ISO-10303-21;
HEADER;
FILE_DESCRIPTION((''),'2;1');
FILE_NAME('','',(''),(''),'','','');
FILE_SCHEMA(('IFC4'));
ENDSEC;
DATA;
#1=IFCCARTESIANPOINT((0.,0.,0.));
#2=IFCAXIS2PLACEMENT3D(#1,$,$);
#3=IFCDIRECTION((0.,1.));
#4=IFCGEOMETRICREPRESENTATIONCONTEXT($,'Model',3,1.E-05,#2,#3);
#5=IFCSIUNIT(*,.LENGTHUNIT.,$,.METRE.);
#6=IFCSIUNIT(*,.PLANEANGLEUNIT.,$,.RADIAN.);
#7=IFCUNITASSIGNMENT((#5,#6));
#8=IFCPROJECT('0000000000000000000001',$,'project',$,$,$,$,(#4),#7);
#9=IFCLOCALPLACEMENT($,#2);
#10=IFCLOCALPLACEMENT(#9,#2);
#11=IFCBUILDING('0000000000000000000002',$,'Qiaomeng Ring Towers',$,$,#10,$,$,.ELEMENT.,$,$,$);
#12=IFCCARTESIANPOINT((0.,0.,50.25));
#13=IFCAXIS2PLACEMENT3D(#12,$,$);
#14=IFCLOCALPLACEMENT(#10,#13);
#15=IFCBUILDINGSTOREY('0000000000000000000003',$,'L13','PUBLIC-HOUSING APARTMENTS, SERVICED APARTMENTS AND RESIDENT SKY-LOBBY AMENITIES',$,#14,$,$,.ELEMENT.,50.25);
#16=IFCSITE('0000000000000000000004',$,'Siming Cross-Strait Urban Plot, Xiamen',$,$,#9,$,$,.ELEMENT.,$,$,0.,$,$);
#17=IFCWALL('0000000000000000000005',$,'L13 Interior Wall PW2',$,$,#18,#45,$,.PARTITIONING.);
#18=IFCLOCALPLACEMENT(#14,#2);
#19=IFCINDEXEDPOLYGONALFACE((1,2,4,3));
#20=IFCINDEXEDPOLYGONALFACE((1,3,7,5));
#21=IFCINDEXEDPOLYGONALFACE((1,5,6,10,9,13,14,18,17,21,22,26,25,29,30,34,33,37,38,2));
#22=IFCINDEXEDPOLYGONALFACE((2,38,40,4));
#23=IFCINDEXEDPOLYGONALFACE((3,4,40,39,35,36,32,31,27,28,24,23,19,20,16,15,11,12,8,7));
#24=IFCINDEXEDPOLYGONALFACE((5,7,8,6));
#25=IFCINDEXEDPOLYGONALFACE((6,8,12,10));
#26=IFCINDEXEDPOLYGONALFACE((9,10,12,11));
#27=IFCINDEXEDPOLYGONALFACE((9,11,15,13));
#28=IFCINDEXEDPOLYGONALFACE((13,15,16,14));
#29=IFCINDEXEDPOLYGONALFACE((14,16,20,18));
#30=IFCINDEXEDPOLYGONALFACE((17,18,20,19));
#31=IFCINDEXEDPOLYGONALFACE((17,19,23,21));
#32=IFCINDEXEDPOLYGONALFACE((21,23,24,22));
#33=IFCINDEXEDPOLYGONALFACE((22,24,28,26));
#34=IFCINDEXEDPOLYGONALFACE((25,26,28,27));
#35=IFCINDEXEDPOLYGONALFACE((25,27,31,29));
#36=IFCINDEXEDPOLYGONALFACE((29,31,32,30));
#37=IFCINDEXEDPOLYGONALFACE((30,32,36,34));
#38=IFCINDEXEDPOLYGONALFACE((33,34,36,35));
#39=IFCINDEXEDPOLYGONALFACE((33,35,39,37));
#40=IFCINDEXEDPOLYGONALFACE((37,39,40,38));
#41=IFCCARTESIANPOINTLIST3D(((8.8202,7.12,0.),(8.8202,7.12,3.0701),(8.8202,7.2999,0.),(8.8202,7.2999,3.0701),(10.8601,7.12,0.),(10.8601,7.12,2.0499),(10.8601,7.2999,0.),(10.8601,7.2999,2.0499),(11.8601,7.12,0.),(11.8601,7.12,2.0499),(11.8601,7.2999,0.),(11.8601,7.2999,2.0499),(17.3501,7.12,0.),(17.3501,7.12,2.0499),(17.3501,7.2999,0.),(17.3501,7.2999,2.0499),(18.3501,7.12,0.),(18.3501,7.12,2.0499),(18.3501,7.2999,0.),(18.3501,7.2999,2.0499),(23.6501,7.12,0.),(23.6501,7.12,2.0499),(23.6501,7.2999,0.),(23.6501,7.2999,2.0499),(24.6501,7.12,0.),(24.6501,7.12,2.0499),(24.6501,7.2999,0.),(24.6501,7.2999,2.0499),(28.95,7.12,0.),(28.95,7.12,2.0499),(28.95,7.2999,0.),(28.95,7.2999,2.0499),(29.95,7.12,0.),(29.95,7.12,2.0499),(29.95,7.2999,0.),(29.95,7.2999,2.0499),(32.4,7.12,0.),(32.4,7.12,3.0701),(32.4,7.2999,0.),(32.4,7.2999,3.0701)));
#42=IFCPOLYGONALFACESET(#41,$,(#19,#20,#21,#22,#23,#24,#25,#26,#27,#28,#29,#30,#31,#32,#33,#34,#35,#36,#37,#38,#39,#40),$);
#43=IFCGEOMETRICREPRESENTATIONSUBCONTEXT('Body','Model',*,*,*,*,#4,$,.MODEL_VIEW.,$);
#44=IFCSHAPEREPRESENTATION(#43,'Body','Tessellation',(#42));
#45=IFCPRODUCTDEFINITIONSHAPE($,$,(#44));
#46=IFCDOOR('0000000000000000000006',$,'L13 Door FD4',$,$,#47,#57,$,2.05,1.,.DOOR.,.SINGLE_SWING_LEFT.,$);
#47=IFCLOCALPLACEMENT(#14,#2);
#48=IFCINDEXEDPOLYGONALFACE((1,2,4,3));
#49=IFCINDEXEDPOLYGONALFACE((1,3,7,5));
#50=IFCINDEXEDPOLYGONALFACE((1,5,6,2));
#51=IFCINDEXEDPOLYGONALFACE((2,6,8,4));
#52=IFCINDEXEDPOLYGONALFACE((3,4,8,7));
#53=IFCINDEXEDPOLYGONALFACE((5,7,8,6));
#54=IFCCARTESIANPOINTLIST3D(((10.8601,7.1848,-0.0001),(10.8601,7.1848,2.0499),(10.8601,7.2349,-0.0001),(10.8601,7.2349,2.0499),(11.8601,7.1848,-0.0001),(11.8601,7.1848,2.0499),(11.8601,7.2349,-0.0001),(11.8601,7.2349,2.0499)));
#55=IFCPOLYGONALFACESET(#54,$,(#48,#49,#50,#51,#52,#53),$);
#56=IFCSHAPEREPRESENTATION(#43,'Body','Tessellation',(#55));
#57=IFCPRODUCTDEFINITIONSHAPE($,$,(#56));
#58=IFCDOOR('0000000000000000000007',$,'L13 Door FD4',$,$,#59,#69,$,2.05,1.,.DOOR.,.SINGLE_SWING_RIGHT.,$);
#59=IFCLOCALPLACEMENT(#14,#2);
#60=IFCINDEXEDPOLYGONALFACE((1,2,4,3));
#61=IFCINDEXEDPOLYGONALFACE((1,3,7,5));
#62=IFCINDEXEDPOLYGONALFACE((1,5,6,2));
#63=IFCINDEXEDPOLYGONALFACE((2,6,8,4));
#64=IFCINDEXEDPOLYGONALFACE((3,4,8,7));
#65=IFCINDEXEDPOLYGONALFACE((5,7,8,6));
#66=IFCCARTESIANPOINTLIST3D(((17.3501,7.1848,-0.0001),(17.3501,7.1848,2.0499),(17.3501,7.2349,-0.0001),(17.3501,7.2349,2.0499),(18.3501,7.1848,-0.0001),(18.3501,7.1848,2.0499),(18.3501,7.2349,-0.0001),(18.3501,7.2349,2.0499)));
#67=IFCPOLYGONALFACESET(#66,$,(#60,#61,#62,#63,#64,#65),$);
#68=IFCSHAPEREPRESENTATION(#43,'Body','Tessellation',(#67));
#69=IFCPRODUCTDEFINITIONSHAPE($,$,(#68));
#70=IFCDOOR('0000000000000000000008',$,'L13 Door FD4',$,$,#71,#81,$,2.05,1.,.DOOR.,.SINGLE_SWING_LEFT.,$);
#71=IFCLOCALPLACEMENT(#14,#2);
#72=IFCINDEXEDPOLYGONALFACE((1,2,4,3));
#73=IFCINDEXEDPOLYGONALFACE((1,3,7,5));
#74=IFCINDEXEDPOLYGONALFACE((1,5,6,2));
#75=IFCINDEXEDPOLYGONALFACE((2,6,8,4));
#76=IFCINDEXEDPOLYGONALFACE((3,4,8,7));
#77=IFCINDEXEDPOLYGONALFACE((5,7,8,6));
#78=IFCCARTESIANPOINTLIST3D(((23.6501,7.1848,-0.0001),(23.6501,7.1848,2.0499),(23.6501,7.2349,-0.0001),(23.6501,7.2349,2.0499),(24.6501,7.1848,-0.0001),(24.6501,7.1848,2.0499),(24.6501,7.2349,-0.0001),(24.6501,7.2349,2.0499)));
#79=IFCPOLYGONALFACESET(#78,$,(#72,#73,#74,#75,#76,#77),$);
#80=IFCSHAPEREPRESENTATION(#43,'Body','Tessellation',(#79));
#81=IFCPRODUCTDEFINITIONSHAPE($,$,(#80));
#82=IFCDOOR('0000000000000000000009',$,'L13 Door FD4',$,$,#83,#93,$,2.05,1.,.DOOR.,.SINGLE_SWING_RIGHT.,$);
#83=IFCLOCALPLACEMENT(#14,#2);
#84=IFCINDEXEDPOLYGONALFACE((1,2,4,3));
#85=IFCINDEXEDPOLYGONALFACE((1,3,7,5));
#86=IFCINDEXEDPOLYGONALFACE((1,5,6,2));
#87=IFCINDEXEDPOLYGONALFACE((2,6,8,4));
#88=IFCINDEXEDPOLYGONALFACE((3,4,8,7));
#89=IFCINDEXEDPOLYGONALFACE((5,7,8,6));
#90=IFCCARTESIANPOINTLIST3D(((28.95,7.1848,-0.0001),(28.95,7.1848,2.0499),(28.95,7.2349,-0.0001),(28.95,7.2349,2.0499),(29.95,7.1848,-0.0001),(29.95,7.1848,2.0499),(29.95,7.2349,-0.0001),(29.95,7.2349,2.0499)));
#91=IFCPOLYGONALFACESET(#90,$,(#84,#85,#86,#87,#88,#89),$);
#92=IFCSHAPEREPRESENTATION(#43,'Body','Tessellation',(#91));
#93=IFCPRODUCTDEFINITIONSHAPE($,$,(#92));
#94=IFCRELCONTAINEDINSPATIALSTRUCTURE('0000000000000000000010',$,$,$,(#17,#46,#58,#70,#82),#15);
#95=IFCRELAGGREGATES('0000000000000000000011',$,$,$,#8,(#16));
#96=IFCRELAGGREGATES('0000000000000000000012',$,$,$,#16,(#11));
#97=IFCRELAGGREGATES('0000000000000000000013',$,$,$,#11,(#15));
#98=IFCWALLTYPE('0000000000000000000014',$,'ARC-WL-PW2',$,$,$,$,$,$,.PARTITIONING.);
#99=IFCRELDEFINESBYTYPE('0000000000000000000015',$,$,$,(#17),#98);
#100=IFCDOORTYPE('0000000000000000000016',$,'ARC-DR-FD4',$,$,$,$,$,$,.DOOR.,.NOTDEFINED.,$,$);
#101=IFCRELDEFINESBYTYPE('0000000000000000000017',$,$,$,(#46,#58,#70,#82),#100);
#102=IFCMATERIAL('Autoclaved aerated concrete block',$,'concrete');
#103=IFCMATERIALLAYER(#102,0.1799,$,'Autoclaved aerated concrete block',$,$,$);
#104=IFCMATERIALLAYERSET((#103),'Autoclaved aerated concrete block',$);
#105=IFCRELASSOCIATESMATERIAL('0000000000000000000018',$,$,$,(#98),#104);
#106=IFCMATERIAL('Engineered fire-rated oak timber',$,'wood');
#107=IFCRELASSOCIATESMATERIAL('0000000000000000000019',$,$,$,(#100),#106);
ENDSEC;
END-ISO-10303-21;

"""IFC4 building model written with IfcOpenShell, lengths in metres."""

from ifc_helpers import new_model, si_unit, direction, frame, frame_2d, origin, place, context, subcontext, project, spatial, rectangle, extrude, source, transform, mapped, material, layer, layer_set, type_object, element, fill, save


model = new_model("IFC4")

# Units and contexts
model_context = context("Model", 3, precision=1e-05, world=origin(), true_north=direction((0.0, 1.0)))
body_context = subcontext(model_context, "Body", "Model", "MODEL_VIEW")
ifc_project = project(units=[si_unit("LENGTHUNIT", "METRE"), si_unit("PLANEANGLEUNIT", "RADIAN")], contexts=[model_context])

# Site, building, storey
site_placement = place(None, origin())
site = spatial("IfcSite", under=ifc_project, at=site_placement, Name="Siming Cross-Strait Urban Plot, Xiamen", CompositionType="ELEMENT", RefElevation=0.0)
building_placement = place(site_placement, origin())
building = spatial("IfcBuilding", under=site, at=building_placement, Name="Qiaomeng Ring Towers", CompositionType="ELEMENT")
storey_placement = place(building_placement, frame((0.0, 0.0, 50.25)))
storey = spatial("IfcBuildingStorey", under=building, at=storey_placement, Name="L13", Description="PUBLIC-HOUSING APARTMENTS, SERVICED APARTMENTS AND RESIDENT SKY-LOBBY AMENITIES", CompositionType="ELEMENT", Elevation=50.25)

# Wall, openings, doors
ifc_material_1 = material(Name="Autoclaved aerated concrete block", Category="concrete")
ifc_layer_1 = layer(ifc_material_1, 0.1799, Name="Autoclaved aerated concrete block")
ifc_layer_set_1 = layer_set([ifc_layer_1], Name="Autoclaved aerated concrete block")
wall_type_1 = type_object("IfcWallType", Name="ARC-WL-PW2", PredefinedType="PARTITIONING", material=ifc_layer_set_1)
wall_1_placement = place(storey_placement, frame((8.8201, 7.21, 0.0), z_axis=(0.0, 0.0, 1.0), x_axis=(1.0, 0.0, 0.0)))
wall_1 = element("IfcWall", 1, at=wall_1_placement, inside=storey, type_object=wall_type_1, Name="L13 Interior Wall PW2", PredefinedType="PARTITIONING", context=body_context, shape_type="SweptSolid", body=[
    extrude(rectangle(XDim=23.5798, YDim=0.1799, at=frame_2d((11.79, 0.0))), origin(), (0.0, 0.0, 1.0), 3.0701),
])
opening_1_placement = place(wall_1_placement, frame((2.04, 0.0, 0.0)))
opening_1 = element("IfcOpeningElement", 2, at=opening_1_placement, cuts=wall_1, PredefinedType="OPENING", context=body_context, shape_type="SweptSolid", body=[
    extrude(rectangle(XDim=1.0, YDim=2.05, at=frame_2d((0.5, 1.0249))), frame((0.0, 0.0999, 0.0), z_axis=(0.0, -1.0, 0.0), x_axis=(1.0, 0.0, 0.0)), (0.0, 0.0, 1.0), 0.2),
])
opening_2_placement = place(wall_1_placement, frame((8.53, 0.0, 0.0)))
opening_2 = element("IfcOpeningElement", 3, at=opening_2_placement, cuts=wall_1, PredefinedType="OPENING", context=body_context, shape_type="SweptSolid", body=[
    extrude(rectangle(XDim=1.0, YDim=2.05, at=frame_2d((0.5, 1.0249))), frame((0.0, 0.0999, 0.0), z_axis=(0.0, -1.0, 0.0), x_axis=(1.0, 0.0, 0.0)), (0.0, 0.0, 1.0), 0.2),
])
opening_3_placement = place(wall_1_placement, frame((14.8301, 0.0, 0.0)))
opening_3 = element("IfcOpeningElement", 4, at=opening_3_placement, cuts=wall_1, PredefinedType="OPENING", context=body_context, shape_type="SweptSolid", body=[
    extrude(rectangle(XDim=1.0, YDim=2.05, at=frame_2d((0.5, 1.0249))), frame((0.0, 0.0999, 0.0), z_axis=(0.0, -1.0, 0.0), x_axis=(1.0, 0.0, 0.0)), (0.0, 0.0, 1.0), 0.2),
])
opening_4_placement = place(wall_1_placement, frame((20.1299, 0.0, 0.0)))
opening_4 = element("IfcOpeningElement", 5, at=opening_4_placement, cuts=wall_1, PredefinedType="OPENING", context=body_context, shape_type="SweptSolid", body=[
    extrude(rectangle(XDim=1.0, YDim=2.05, at=frame_2d((0.5, 1.0249))), frame((0.0, 0.0999, 0.0), z_axis=(0.0, -1.0, 0.0), x_axis=(1.0, 0.0, 0.0)), (0.0, 0.0, 1.0), 0.2),
])
ifc_material_2 = material(Name="Engineered fire-rated oak timber", Category="wood")
door_type_1 = type_object("IfcDoorType", Name="ARC-DR-FD4", OperationType="NOTDEFINED", PredefinedType="DOOR", material=ifc_material_2)
shared_shape_1 = source(origin(), body_context, "Body", "SweptSolid", [
    extrude(rectangle(XDim=1.0, YDim=2.05, at=frame_2d((0.5, 1.0249))), frame((0.0, 0.0249, 0.0), z_axis=(0.0, -1.0, 0.0), x_axis=(1.0, 0.0, 0.0)), (0.0, 0.0, 1.0), 0.05),
])
door_1_placement = place(opening_1_placement, origin())
door_1 = element("IfcDoor", 6, at=door_1_placement, inside=storey, type_object=door_type_1, Name="L13 Door FD4", OperationType="SINGLE_SWING_LEFT", OverallHeight=2.05, OverallWidth=1.0, PredefinedType="DOOR", context=body_context, shape_type="MappedRepresentation", body=[
    mapped(shared_shape_1, transform((0.0, 0.0, 0.0), x_axis=(1.0, 0.0, 0.0), y_axis=(0.0, 1.0, 0.0), z_axis=(0.0, 0.0, 1.0), scale=1.0)),
])
fill(opening_1, door_1)
door_2_placement = place(opening_2_placement, origin())
door_2 = element("IfcDoor", 7, at=door_2_placement, inside=storey, type_object=door_type_1, Name="L13 Door FD4", OperationType="SINGLE_SWING_RIGHT", OverallHeight=2.05, OverallWidth=1.0, PredefinedType="DOOR", context=body_context, shape_type="MappedRepresentation", body=[
    mapped(shared_shape_1, transform((0.0, 0.0, 0.0), x_axis=(1.0, 0.0, 0.0), y_axis=(0.0, 1.0, 0.0), z_axis=(0.0, 0.0, 1.0), scale=1.0)),
])
fill(opening_2, door_2)
door_3_placement = place(opening_3_placement, origin())
door_3 = element("IfcDoor", 8, at=door_3_placement, inside=storey, type_object=door_type_1, Name="L13 Door FD4", OperationType="SINGLE_SWING_LEFT", OverallHeight=2.05, OverallWidth=1.0, PredefinedType="DOOR", context=body_context, shape_type="MappedRepresentation", body=[
    mapped(shared_shape_1, transform((0.0, 0.0, 0.0), x_axis=(1.0, 0.0, 0.0), y_axis=(0.0, 1.0, 0.0), z_axis=(0.0, 0.0, 1.0), scale=1.0)),
])
fill(opening_3, door_3)
door_4_placement = place(opening_4_placement, origin())
door_4 = element("IfcDoor", 9, at=door_4_placement, inside=storey, type_object=door_type_1, Name="L13 Door FD4", OperationType="SINGLE_SWING_RIGHT", OverallHeight=2.05, OverallWidth=1.0, PredefinedType="DOOR", context=body_context, shape_type="MappedRepresentation", body=[
    mapped(shared_shape_1, transform((0.0, 0.0, 0.0), x_axis=(1.0, 0.0, 0.0), y_axis=(0.0, 1.0, 0.0), z_axis=(0.0, 0.0, 1.0), scale=1.0)),
])
fill(opening_4, door_4)

save(model, "model.ifc")
